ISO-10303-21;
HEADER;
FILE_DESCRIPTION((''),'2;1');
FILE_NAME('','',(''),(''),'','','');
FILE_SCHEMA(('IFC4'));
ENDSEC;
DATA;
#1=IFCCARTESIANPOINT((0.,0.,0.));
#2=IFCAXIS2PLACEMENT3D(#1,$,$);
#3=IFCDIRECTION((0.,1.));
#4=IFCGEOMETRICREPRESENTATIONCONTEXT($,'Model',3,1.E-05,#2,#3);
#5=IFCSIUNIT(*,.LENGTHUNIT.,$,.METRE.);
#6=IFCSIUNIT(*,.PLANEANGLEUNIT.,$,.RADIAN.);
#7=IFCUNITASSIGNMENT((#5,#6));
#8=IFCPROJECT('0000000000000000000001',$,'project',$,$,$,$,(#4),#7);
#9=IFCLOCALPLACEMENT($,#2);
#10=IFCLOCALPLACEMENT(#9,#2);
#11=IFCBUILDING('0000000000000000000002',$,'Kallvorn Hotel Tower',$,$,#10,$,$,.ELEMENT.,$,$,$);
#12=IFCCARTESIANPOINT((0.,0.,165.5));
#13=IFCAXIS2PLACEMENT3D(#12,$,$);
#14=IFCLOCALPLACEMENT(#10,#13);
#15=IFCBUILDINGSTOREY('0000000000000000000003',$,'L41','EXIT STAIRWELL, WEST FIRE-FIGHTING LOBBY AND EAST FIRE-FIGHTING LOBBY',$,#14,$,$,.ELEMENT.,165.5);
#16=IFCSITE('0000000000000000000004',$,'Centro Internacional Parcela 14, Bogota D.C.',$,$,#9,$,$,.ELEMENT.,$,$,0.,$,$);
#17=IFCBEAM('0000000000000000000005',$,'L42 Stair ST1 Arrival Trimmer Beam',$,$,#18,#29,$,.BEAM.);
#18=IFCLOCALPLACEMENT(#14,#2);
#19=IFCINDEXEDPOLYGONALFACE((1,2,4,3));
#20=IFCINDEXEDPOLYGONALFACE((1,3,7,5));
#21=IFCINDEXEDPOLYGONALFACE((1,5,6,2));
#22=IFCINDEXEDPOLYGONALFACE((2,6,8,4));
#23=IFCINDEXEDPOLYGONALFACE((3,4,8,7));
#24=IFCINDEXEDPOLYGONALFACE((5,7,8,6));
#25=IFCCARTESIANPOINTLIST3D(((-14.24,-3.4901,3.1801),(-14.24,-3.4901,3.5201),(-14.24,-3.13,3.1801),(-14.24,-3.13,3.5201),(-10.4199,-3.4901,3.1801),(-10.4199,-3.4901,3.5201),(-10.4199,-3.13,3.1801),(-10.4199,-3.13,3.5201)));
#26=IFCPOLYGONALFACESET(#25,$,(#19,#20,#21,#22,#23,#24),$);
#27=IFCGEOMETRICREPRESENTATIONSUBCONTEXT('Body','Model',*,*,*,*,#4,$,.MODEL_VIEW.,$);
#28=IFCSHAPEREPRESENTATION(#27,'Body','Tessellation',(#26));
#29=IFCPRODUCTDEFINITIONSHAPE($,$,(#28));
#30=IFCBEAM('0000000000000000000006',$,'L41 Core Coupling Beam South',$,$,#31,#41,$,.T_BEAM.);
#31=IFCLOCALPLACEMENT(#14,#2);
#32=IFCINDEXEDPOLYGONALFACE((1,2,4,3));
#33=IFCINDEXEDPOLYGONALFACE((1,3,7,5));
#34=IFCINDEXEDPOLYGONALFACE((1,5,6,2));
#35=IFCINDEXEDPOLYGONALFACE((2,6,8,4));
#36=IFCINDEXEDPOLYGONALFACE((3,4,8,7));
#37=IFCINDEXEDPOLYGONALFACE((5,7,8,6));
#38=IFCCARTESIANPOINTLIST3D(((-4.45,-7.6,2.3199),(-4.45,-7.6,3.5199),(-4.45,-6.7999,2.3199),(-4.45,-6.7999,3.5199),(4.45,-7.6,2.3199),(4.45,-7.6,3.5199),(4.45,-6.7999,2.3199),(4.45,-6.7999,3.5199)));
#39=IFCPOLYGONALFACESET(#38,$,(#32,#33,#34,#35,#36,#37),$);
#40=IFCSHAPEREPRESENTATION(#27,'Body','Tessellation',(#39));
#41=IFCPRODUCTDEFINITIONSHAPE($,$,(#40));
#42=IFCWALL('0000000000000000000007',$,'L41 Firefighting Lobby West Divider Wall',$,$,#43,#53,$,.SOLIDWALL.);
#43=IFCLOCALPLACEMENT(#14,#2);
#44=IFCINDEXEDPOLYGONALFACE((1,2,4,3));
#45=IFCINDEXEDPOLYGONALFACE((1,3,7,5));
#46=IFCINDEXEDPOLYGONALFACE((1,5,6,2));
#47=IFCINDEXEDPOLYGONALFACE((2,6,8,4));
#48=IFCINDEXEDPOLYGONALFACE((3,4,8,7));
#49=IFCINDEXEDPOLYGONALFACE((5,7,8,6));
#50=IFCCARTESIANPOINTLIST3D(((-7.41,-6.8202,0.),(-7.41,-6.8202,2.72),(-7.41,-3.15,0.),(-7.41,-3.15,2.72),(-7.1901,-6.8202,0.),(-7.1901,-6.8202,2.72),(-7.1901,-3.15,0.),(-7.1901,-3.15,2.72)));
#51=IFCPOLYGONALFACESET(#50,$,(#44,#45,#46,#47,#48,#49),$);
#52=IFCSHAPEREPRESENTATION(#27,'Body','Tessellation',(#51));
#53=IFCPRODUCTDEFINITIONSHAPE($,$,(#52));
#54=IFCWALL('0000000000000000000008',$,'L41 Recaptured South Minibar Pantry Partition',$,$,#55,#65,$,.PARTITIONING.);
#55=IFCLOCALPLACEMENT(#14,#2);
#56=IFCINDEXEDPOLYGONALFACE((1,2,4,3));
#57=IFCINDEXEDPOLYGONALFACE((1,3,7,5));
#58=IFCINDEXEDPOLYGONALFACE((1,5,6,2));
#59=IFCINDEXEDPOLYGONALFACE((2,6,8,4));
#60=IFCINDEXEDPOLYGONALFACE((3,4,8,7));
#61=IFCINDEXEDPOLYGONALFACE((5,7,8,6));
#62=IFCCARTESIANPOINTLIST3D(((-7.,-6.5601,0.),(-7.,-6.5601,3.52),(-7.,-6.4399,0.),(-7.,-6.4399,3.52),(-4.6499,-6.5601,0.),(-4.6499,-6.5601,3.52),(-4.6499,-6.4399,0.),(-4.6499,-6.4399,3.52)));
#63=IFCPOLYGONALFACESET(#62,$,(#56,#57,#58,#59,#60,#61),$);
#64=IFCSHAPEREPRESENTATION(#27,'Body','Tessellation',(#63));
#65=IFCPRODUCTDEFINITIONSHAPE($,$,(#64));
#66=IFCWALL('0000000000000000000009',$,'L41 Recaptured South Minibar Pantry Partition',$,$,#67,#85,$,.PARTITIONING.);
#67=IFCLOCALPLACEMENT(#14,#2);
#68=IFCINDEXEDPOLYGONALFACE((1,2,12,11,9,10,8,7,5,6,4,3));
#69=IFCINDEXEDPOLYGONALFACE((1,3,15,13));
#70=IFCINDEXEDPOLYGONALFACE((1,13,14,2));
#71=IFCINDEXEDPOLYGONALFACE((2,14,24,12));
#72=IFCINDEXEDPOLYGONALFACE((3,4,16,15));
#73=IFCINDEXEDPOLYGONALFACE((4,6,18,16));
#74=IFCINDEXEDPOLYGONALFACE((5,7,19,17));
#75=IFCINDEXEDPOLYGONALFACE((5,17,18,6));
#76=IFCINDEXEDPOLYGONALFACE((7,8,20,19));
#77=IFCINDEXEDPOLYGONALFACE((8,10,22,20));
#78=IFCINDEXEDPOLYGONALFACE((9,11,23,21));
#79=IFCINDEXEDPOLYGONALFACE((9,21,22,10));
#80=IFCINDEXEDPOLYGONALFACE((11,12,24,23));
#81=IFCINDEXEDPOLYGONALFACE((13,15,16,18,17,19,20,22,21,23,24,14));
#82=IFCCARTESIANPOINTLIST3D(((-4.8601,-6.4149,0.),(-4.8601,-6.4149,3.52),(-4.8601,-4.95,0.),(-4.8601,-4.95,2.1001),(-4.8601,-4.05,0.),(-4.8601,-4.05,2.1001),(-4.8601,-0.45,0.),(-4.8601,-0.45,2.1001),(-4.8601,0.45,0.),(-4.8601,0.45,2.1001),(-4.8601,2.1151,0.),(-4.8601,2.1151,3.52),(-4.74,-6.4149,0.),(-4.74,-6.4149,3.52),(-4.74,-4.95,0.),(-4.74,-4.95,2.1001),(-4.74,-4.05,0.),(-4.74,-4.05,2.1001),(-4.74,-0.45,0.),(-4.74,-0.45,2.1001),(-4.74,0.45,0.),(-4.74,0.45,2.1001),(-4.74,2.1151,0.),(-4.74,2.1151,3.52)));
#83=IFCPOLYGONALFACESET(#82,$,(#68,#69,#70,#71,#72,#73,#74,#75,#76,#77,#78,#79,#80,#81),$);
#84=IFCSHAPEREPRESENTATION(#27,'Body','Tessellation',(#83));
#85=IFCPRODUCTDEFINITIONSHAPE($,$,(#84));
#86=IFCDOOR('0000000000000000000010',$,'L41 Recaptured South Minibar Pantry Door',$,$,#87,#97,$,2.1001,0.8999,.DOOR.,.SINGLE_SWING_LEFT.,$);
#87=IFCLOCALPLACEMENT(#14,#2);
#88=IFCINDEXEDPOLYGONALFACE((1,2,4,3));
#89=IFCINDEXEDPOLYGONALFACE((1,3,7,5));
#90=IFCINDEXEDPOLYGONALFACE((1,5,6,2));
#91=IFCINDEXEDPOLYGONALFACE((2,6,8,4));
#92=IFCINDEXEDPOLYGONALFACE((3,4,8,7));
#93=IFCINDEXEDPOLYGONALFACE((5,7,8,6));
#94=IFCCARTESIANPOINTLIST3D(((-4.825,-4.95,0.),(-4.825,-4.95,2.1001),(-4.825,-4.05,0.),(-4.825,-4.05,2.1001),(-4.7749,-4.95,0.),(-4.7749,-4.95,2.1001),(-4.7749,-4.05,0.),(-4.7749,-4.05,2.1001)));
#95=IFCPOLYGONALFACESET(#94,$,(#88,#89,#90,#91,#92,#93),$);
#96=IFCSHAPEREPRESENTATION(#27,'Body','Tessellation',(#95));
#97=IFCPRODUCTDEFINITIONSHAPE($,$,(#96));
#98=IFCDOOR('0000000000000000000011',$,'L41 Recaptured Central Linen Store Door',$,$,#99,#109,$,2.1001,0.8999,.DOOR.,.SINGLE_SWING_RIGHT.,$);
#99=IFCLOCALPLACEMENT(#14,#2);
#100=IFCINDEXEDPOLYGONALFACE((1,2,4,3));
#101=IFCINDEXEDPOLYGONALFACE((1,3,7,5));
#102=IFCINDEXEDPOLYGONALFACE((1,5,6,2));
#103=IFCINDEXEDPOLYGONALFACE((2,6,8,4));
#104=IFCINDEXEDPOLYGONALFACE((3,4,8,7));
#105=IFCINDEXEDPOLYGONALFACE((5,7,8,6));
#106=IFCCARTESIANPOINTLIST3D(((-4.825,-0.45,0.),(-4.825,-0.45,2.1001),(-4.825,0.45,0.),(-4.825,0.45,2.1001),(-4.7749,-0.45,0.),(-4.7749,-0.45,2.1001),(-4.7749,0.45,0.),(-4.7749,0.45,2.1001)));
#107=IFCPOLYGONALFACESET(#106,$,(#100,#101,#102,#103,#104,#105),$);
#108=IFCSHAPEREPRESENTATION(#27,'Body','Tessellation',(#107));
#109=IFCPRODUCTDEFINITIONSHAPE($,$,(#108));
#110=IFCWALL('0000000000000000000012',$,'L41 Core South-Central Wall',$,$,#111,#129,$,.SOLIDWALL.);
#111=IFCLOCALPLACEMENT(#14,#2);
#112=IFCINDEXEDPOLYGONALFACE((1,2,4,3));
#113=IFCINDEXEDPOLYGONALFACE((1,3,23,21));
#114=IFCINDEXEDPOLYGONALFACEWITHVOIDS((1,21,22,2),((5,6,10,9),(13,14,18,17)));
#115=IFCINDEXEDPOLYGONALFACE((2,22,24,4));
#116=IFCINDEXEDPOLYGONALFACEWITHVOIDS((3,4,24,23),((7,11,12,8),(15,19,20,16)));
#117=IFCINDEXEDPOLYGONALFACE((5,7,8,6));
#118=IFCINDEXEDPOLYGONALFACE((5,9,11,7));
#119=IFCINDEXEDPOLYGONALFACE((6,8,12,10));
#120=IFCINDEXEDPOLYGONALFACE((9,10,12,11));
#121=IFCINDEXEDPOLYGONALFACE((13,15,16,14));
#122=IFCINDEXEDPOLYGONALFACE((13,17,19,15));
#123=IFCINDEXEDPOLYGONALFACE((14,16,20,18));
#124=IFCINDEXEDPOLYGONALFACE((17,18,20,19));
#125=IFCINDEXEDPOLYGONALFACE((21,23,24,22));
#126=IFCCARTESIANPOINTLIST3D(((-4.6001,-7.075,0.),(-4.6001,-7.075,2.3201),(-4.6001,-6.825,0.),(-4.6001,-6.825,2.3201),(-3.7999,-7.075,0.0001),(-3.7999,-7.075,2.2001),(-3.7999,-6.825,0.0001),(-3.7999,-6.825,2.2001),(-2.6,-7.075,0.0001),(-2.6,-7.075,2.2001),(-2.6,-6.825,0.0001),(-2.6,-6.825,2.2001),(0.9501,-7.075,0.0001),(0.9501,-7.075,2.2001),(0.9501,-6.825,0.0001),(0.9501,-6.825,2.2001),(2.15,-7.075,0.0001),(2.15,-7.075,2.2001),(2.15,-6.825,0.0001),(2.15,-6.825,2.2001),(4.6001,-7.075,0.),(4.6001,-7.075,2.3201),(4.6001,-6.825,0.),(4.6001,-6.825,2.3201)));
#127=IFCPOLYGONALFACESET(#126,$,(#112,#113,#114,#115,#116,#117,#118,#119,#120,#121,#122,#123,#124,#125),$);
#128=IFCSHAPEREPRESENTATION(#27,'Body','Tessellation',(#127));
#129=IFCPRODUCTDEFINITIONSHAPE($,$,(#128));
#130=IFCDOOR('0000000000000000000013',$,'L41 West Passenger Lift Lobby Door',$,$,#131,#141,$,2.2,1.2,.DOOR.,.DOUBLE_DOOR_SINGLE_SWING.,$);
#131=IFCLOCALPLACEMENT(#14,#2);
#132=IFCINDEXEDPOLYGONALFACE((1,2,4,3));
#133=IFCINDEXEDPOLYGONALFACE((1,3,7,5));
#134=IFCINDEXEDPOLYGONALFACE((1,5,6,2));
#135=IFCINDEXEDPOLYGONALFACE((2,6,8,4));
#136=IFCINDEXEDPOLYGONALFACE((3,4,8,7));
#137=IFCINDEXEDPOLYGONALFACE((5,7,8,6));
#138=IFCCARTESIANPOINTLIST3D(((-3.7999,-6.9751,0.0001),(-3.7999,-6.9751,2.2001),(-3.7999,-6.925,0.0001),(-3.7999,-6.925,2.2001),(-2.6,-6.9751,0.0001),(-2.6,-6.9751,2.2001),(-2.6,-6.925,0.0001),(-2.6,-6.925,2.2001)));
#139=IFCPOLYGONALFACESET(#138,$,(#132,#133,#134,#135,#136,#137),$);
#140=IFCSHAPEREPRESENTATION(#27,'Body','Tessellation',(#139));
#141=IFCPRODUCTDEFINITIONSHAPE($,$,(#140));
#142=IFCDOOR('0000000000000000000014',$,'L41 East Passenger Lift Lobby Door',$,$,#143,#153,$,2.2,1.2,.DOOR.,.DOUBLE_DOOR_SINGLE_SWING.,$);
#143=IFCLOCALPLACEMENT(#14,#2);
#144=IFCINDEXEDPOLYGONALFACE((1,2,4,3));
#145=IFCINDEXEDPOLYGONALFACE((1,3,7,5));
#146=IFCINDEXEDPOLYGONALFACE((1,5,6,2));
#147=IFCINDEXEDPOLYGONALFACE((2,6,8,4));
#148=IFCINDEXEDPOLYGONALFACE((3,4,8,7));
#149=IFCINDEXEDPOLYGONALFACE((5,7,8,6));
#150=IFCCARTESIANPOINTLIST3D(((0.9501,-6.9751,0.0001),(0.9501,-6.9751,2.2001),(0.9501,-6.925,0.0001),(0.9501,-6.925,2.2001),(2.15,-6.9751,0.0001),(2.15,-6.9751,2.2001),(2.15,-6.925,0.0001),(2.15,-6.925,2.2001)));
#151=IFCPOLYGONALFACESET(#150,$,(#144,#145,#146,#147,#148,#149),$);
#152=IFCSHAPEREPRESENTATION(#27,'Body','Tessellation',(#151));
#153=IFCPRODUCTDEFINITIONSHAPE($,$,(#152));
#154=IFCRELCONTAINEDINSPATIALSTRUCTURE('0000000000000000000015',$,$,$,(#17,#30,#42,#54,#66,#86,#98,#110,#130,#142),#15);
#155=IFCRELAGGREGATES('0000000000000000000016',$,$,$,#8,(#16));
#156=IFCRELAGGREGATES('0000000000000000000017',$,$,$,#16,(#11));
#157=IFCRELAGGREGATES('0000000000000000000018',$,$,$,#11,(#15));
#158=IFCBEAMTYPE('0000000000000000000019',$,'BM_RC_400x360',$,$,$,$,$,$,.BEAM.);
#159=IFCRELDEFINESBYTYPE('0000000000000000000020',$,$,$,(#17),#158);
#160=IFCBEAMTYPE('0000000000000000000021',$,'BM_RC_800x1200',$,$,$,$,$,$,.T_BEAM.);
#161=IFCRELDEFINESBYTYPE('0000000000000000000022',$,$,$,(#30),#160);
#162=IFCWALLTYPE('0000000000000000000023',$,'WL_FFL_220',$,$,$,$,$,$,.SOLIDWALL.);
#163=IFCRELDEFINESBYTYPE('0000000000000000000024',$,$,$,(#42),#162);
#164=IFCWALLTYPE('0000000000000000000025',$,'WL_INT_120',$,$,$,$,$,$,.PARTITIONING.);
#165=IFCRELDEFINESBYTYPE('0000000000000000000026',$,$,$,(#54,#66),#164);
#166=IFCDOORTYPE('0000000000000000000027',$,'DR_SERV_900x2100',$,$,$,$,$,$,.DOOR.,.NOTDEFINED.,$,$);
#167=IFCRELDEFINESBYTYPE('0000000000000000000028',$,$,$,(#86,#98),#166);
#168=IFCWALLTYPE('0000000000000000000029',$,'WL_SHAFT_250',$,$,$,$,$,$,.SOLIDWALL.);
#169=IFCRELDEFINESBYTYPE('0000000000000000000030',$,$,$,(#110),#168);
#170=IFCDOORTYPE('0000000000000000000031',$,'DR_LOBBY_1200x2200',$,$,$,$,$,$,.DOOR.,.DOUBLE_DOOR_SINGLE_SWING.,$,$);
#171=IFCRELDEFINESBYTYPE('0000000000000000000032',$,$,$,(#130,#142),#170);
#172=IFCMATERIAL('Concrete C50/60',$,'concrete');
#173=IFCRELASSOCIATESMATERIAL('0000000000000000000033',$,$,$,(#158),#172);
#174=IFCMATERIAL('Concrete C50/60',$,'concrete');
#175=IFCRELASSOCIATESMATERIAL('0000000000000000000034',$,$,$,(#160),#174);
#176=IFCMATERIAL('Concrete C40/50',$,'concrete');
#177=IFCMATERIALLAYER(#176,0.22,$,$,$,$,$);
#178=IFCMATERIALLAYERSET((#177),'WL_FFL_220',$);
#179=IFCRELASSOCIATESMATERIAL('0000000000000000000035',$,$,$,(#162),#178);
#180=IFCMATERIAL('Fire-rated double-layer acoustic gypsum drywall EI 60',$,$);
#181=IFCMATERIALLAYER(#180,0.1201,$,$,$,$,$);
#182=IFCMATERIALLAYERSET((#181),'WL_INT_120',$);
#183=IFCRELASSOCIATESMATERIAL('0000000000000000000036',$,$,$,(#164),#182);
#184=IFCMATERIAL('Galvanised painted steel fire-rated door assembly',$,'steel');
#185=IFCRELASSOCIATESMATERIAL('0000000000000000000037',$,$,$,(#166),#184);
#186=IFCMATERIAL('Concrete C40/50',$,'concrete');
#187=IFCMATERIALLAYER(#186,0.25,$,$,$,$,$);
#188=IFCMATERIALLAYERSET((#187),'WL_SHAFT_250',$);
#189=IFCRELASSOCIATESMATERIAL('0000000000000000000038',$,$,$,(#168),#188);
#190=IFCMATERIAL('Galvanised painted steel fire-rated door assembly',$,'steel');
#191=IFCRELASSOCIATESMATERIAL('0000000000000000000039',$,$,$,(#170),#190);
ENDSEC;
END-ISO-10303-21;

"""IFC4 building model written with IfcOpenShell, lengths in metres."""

from ifc_helpers import new_model, si_unit, direction, frame, frame_2d, origin, origin_2d, place, context, subcontext, project, spatial, rectangle, extrude, material, layer, layer_set, material_profile, profile_set, type_object, element, fill, save


model = new_model("IFC4")

# Units and contexts
model_context = context("Model", 3, precision=1e-05, world=origin(), true_north=direction((0.0, 1.0)))
body_context = subcontext(model_context, "Body", "Model", "MODEL_VIEW")
ifc_project = project(units=[si_unit("LENGTHUNIT", "METRE"), si_unit("PLANEANGLEUNIT", "RADIAN")], contexts=[model_context])

# Site, building, storey
site_placement = place(None, origin())
site = spatial("IfcSite", under=ifc_project, at=site_placement, Name="Centro Internacional Parcela 14, Bogota D.C.", CompositionType="ELEMENT", RefElevation=0.0)
building_placement = place(site_placement, origin())
building = spatial("IfcBuilding", under=site, at=building_placement, Name="Kallvorn Hotel Tower", CompositionType="ELEMENT")
storey_placement = place(building_placement, frame((0.0, 0.0, 165.5)))
storey = spatial("IfcBuildingStorey", under=building, at=storey_placement, Name="L41", Description="EXIT STAIRWELL, WEST FIRE-FIGHTING LOBBY AND EAST FIRE-FIGHTING LOBBY", CompositionType="ELEMENT", Elevation=165.5)

# Beams
ifc_material_1 = material(Name="Concrete C50/60", Category="concrete")
ifc_material_profile_1 = material_profile(ifc_material_1, rectangle(XDim=0.3601, YDim=0.3401, at=origin_2d()), Name="RC 360x340")
ifc_profile_set_1 = profile_set([ifc_material_profile_1], Name="Concrete C50/60")
beam_type_1 = type_object("IfcBeamType", Name="BM_RC_400x360", PredefinedType="BEAM", material=ifc_profile_set_1)
beam_1_placement = place(storey_placement, frame((-10.4199, -3.3101, 3.3501), z_axis=(-1.0, 0.0, 0.0), x_axis=(0.0, -1.0, 0.0)))
element("IfcBeam", 1, at=beam_1_placement, inside=storey, type_object=beam_type_1, Name="L42 Stair ST1 Arrival Trimmer Beam", PredefinedType="BEAM", context=body_context, shape_type="SweptSolid", body=[
    extrude(rectangle(XDim=0.3601, YDim=0.3401, at=origin_2d()), origin(), (0.0, 0.0, 1.0), 3.8201),
])
ifc_material_2 = material(Name="Concrete C50/60", Category="concrete")
ifc_material_profile_2 = material_profile(ifc_material_2, rectangle(XDim=0.8, YDim=1.2, at=origin_2d()), Name="RC 800x1200")
ifc_profile_set_2 = profile_set([ifc_material_profile_2], Name="Concrete C50/60")
beam_type_2 = type_object("IfcBeamType", Name="BM_RC_800x1200", PredefinedType="T_BEAM", material=ifc_profile_set_2)
beam_2_placement = place(storey_placement, frame((-4.45, -7.2, 2.9199), z_axis=(1.0, 0.0, 0.0), x_axis=(0.0, 1.0, 0.0)))
element("IfcBeam", 2, at=beam_2_placement, inside=storey, type_object=beam_type_2, Name="L41 Core Coupling Beam South", PredefinedType="T_BEAM", context=body_context, shape_type="SweptSolid", body=[
    extrude(rectangle(XDim=0.8, YDim=1.2, at=origin_2d()), origin(), (0.0, 0.0, 1.0), 8.8999),
])

# Walls
ifc_material_3 = material(Name="Concrete C40/50", Category="concrete")
ifc_layer_1 = layer(ifc_material_3, 0.22)
ifc_layer_set_1 = layer_set([ifc_layer_1], Name="WL_FFL_220")
wall_type_1 = type_object("IfcWallType", Name="WL_FFL_220", PredefinedType="SOLIDWALL", material=ifc_layer_set_1)
wall_1_placement = place(storey_placement, frame((-7.3, -6.8201, 0.0), z_axis=(0.0, 0.0, 1.0), x_axis=(0.0, 1.0, 0.0)))
element("IfcWall", 3, at=wall_1_placement, inside=storey, type_object=wall_type_1, Name="L41 Firefighting Lobby West Divider Wall", PredefinedType="SOLIDWALL", context=body_context, shape_type="SweptSolid", body=[
    extrude(rectangle(XDim=3.6702, YDim=0.22, at=frame_2d((1.835, 0.0))), origin(), (0.0, 0.0, 1.0), 2.72),
])
ifc_material_4 = material(Name="Fire-rated double-layer acoustic gypsum drywall EI 60")
ifc_layer_2 = layer(ifc_material_4, 0.1201)
ifc_layer_set_2 = layer_set([ifc_layer_2], Name="WL_INT_120")
wall_type_2 = type_object("IfcWallType", Name="WL_INT_120", PredefinedType="PARTITIONING", material=ifc_layer_set_2)
wall_2_placement = place(storey_placement, frame((-7.0, -6.5, 0.0), z_axis=(0.0, 0.0, 1.0), x_axis=(1.0, 0.0, 0.0)))
element("IfcWall", 4, at=wall_2_placement, inside=storey, type_object=wall_type_2, Name="L41 Recaptured South Minibar Pantry Partition", PredefinedType="PARTITIONING", context=body_context, shape_type="SweptSolid", body=[
    extrude(rectangle(XDim=2.3501, YDim=0.1201, at=frame_2d((1.175, 0.0))), origin(), (0.0, 0.0, 1.0), 3.52),
])

# Walls, openings, doors
wall_3_placement = place(storey_placement, frame((-4.8, -6.415, 0.0), z_axis=(0.0, 0.0, 1.0), x_axis=(0.0, 1.0, 0.0)))
wall_3 = element("IfcWall", 5, at=wall_3_placement, inside=storey, type_object=wall_type_2, Name="L41 Recaptured South Minibar Pantry Partition", PredefinedType="PARTITIONING", context=body_context, shape_type="SweptSolid", body=[
    extrude(rectangle(XDim=8.53, YDim=0.1201, at=frame_2d((4.2651, 0.0))), origin(), (0.0, 0.0, 1.0), 3.52),
])
opening_1_placement = place(wall_3_placement, frame((1.4651, 0.0, 0.0)))
opening_1 = element("IfcOpeningElement", 6, at=opening_1_placement, cuts=wall_3, PredefinedType="OPENING", context=body_context, shape_type="SweptSolid", body=[
    extrude(rectangle(XDim=0.8999, YDim=2.1001, at=frame_2d((0.45, 1.05))), frame((0.0, 0.075, 0.0), z_axis=(0.0, -1.0, 0.0), x_axis=(1.0, 0.0, 0.0)), (0.0, 0.0, 1.0), 0.1501),
])
opening_2_placement = place(wall_3_placement, frame((5.9651, 0.0, 0.0)))
opening_2 = element("IfcOpeningElement", 7, at=opening_2_placement, cuts=wall_3, PredefinedType="OPENING", context=body_context, shape_type="SweptSolid", body=[
    extrude(rectangle(XDim=0.8999, YDim=2.1001, at=frame_2d((0.45, 1.05))), frame((0.0, 0.075, 0.0), z_axis=(0.0, -1.0, 0.0), x_axis=(1.0, 0.0, 0.0)), (0.0, 0.0, 1.0), 0.1501),
])
ifc_material_5 = material(Name="Galvanised painted steel fire-rated door assembly", Category="steel")
door_type_1 = type_object("IfcDoorType", Name="DR_SERV_900x2100", OperationType="NOTDEFINED", PredefinedType="DOOR", material=ifc_material_5)
door_1_placement = place(opening_1_placement, origin())
door_1 = element("IfcDoor", 8, at=door_1_placement, inside=storey, type_object=door_type_1, Name="L41 Recaptured South Minibar Pantry Door", OperationType="SINGLE_SWING_LEFT", OverallHeight=2.1001, OverallWidth=0.8999, PredefinedType="DOOR", context=body_context, shape_type="SweptSolid", body=[
    extrude(rectangle(XDim=0.8999, YDim=2.1001, at=frame_2d((0.45, 1.05))), frame((0.0, 0.0249, 0.0), z_axis=(0.0, -1.0, 0.0), x_axis=(1.0, 0.0, 0.0)), (0.0, 0.0, 1.0), 0.05),
])
fill(opening_1, door_1)
door_2_placement = place(opening_2_placement, origin())
door_2 = element("IfcDoor", 9, at=door_2_placement, inside=storey, type_object=door_type_1, Name="L41 Recaptured Central Linen Store Door", OperationType="SINGLE_SWING_RIGHT", OverallHeight=2.1001, OverallWidth=0.8999, PredefinedType="DOOR", context=body_context, shape_type="SweptSolid", body=[
    extrude(rectangle(XDim=0.8999, YDim=2.1001, at=frame_2d((0.45, 1.05))), frame((0.0, 0.0249, 0.0), z_axis=(0.0, -1.0, 0.0), x_axis=(1.0, 0.0, 0.0)), (0.0, 0.0, 1.0), 0.05),
])
fill(opening_2, door_2)
ifc_material_6 = material(Name="Concrete C40/50", Category="concrete")
ifc_layer_3 = layer(ifc_material_6, 0.25)
ifc_layer_set_3 = layer_set([ifc_layer_3], Name="WL_SHAFT_250")
wall_type_3 = type_object("IfcWallType", Name="WL_SHAFT_250", PredefinedType="SOLIDWALL", material=ifc_layer_set_3)
wall_4_placement = place(storey_placement, frame((-4.6001, -6.95, 0.0), z_axis=(0.0, 0.0, 1.0), x_axis=(1.0, 0.0, 0.0)))
wall_4 = element("IfcWall", 10, at=wall_4_placement, inside=storey, type_object=wall_type_3, Name="L41 Core South-Central Wall", PredefinedType="SOLIDWALL", context=body_context, shape_type="SweptSolid", body=[
    extrude(rectangle(XDim=9.2002, YDim=0.25, at=frame_2d((4.6001, 0.0))), origin(), (0.0, 0.0, 1.0), 2.3201),
])
opening_3_placement = place(wall_4_placement, frame((0.8, 0.0, 0.0)))
opening_3 = element("IfcOpeningElement", 11, at=opening_3_placement, cuts=wall_4, PredefinedType="OPENING", context=body_context, shape_type="SweptSolid", body=[
    extrude(rectangle(XDim=1.2, YDim=2.2, at=frame_2d((0.6001, 1.1001))), frame((0.0, 0.1399, 0.0), z_axis=(0.0, -1.0, 0.0), x_axis=(1.0, 0.0, 0.0)), (0.0, 0.0, 1.0), 0.28),
])
opening_4_placement = place(wall_4_placement, frame((5.55, 0.0, 0.0)))
opening_4 = element("IfcOpeningElement", 12, at=opening_4_placement, cuts=wall_4, PredefinedType="OPENING", context=body_context, shape_type="SweptSolid", body=[
    extrude(rectangle(XDim=1.2, YDim=2.2, at=frame_2d((0.6001, 1.1001))), frame((0.0, 0.1399, 0.0), z_axis=(0.0, -1.0, 0.0), x_axis=(1.0, 0.0, 0.0)), (0.0, 0.0, 1.0), 0.28),
])
ifc_material_7 = material(Name="Galvanised painted steel fire-rated door assembly", Category="steel")
door_type_2 = type_object("IfcDoorType", Name="DR_LOBBY_1200x2200", OperationType="DOUBLE_DOOR_SINGLE_SWING", PredefinedType="DOOR", material=ifc_material_7)
door_3_placement = place(opening_3_placement, origin())
door_3 = element("IfcDoor", 13, at=door_3_placement, inside=storey, type_object=door_type_2, Name="L41 West Passenger Lift Lobby Door", OperationType="DOUBLE_DOOR_SINGLE_SWING", OverallHeight=2.2, OverallWidth=1.2, PredefinedType="DOOR", context=body_context, shape_type="SweptSolid", body=[
    extrude(rectangle(XDim=1.2, YDim=2.2, at=frame_2d((0.6001, 1.1001))), frame((0.0, 0.0249, 0.0), z_axis=(0.0, -1.0, 0.0), x_axis=(1.0, 0.0, 0.0)), (0.0, 0.0, 1.0), 0.05),
])
fill(opening_3, door_3)
door_4_placement = place(opening_4_placement, origin())
door_4 = element("IfcDoor", 14, at=door_4_placement, inside=storey, type_object=door_type_2, Name="L41 East Passenger Lift Lobby Door", OperationType="DOUBLE_DOOR_SINGLE_SWING", OverallHeight=2.2, OverallWidth=1.2, PredefinedType="DOOR", context=body_context, shape_type="SweptSolid", body=[
    extrude(rectangle(XDim=1.2, YDim=2.2, at=frame_2d((0.6001, 1.1001))), frame((0.0, 0.0249, 0.0), z_axis=(0.0, -1.0, 0.0), x_axis=(1.0, 0.0, 0.0)), (0.0, 0.0, 1.0), 0.05),
])
fill(opening_4, door_4)

save(model, "model.ifc")
